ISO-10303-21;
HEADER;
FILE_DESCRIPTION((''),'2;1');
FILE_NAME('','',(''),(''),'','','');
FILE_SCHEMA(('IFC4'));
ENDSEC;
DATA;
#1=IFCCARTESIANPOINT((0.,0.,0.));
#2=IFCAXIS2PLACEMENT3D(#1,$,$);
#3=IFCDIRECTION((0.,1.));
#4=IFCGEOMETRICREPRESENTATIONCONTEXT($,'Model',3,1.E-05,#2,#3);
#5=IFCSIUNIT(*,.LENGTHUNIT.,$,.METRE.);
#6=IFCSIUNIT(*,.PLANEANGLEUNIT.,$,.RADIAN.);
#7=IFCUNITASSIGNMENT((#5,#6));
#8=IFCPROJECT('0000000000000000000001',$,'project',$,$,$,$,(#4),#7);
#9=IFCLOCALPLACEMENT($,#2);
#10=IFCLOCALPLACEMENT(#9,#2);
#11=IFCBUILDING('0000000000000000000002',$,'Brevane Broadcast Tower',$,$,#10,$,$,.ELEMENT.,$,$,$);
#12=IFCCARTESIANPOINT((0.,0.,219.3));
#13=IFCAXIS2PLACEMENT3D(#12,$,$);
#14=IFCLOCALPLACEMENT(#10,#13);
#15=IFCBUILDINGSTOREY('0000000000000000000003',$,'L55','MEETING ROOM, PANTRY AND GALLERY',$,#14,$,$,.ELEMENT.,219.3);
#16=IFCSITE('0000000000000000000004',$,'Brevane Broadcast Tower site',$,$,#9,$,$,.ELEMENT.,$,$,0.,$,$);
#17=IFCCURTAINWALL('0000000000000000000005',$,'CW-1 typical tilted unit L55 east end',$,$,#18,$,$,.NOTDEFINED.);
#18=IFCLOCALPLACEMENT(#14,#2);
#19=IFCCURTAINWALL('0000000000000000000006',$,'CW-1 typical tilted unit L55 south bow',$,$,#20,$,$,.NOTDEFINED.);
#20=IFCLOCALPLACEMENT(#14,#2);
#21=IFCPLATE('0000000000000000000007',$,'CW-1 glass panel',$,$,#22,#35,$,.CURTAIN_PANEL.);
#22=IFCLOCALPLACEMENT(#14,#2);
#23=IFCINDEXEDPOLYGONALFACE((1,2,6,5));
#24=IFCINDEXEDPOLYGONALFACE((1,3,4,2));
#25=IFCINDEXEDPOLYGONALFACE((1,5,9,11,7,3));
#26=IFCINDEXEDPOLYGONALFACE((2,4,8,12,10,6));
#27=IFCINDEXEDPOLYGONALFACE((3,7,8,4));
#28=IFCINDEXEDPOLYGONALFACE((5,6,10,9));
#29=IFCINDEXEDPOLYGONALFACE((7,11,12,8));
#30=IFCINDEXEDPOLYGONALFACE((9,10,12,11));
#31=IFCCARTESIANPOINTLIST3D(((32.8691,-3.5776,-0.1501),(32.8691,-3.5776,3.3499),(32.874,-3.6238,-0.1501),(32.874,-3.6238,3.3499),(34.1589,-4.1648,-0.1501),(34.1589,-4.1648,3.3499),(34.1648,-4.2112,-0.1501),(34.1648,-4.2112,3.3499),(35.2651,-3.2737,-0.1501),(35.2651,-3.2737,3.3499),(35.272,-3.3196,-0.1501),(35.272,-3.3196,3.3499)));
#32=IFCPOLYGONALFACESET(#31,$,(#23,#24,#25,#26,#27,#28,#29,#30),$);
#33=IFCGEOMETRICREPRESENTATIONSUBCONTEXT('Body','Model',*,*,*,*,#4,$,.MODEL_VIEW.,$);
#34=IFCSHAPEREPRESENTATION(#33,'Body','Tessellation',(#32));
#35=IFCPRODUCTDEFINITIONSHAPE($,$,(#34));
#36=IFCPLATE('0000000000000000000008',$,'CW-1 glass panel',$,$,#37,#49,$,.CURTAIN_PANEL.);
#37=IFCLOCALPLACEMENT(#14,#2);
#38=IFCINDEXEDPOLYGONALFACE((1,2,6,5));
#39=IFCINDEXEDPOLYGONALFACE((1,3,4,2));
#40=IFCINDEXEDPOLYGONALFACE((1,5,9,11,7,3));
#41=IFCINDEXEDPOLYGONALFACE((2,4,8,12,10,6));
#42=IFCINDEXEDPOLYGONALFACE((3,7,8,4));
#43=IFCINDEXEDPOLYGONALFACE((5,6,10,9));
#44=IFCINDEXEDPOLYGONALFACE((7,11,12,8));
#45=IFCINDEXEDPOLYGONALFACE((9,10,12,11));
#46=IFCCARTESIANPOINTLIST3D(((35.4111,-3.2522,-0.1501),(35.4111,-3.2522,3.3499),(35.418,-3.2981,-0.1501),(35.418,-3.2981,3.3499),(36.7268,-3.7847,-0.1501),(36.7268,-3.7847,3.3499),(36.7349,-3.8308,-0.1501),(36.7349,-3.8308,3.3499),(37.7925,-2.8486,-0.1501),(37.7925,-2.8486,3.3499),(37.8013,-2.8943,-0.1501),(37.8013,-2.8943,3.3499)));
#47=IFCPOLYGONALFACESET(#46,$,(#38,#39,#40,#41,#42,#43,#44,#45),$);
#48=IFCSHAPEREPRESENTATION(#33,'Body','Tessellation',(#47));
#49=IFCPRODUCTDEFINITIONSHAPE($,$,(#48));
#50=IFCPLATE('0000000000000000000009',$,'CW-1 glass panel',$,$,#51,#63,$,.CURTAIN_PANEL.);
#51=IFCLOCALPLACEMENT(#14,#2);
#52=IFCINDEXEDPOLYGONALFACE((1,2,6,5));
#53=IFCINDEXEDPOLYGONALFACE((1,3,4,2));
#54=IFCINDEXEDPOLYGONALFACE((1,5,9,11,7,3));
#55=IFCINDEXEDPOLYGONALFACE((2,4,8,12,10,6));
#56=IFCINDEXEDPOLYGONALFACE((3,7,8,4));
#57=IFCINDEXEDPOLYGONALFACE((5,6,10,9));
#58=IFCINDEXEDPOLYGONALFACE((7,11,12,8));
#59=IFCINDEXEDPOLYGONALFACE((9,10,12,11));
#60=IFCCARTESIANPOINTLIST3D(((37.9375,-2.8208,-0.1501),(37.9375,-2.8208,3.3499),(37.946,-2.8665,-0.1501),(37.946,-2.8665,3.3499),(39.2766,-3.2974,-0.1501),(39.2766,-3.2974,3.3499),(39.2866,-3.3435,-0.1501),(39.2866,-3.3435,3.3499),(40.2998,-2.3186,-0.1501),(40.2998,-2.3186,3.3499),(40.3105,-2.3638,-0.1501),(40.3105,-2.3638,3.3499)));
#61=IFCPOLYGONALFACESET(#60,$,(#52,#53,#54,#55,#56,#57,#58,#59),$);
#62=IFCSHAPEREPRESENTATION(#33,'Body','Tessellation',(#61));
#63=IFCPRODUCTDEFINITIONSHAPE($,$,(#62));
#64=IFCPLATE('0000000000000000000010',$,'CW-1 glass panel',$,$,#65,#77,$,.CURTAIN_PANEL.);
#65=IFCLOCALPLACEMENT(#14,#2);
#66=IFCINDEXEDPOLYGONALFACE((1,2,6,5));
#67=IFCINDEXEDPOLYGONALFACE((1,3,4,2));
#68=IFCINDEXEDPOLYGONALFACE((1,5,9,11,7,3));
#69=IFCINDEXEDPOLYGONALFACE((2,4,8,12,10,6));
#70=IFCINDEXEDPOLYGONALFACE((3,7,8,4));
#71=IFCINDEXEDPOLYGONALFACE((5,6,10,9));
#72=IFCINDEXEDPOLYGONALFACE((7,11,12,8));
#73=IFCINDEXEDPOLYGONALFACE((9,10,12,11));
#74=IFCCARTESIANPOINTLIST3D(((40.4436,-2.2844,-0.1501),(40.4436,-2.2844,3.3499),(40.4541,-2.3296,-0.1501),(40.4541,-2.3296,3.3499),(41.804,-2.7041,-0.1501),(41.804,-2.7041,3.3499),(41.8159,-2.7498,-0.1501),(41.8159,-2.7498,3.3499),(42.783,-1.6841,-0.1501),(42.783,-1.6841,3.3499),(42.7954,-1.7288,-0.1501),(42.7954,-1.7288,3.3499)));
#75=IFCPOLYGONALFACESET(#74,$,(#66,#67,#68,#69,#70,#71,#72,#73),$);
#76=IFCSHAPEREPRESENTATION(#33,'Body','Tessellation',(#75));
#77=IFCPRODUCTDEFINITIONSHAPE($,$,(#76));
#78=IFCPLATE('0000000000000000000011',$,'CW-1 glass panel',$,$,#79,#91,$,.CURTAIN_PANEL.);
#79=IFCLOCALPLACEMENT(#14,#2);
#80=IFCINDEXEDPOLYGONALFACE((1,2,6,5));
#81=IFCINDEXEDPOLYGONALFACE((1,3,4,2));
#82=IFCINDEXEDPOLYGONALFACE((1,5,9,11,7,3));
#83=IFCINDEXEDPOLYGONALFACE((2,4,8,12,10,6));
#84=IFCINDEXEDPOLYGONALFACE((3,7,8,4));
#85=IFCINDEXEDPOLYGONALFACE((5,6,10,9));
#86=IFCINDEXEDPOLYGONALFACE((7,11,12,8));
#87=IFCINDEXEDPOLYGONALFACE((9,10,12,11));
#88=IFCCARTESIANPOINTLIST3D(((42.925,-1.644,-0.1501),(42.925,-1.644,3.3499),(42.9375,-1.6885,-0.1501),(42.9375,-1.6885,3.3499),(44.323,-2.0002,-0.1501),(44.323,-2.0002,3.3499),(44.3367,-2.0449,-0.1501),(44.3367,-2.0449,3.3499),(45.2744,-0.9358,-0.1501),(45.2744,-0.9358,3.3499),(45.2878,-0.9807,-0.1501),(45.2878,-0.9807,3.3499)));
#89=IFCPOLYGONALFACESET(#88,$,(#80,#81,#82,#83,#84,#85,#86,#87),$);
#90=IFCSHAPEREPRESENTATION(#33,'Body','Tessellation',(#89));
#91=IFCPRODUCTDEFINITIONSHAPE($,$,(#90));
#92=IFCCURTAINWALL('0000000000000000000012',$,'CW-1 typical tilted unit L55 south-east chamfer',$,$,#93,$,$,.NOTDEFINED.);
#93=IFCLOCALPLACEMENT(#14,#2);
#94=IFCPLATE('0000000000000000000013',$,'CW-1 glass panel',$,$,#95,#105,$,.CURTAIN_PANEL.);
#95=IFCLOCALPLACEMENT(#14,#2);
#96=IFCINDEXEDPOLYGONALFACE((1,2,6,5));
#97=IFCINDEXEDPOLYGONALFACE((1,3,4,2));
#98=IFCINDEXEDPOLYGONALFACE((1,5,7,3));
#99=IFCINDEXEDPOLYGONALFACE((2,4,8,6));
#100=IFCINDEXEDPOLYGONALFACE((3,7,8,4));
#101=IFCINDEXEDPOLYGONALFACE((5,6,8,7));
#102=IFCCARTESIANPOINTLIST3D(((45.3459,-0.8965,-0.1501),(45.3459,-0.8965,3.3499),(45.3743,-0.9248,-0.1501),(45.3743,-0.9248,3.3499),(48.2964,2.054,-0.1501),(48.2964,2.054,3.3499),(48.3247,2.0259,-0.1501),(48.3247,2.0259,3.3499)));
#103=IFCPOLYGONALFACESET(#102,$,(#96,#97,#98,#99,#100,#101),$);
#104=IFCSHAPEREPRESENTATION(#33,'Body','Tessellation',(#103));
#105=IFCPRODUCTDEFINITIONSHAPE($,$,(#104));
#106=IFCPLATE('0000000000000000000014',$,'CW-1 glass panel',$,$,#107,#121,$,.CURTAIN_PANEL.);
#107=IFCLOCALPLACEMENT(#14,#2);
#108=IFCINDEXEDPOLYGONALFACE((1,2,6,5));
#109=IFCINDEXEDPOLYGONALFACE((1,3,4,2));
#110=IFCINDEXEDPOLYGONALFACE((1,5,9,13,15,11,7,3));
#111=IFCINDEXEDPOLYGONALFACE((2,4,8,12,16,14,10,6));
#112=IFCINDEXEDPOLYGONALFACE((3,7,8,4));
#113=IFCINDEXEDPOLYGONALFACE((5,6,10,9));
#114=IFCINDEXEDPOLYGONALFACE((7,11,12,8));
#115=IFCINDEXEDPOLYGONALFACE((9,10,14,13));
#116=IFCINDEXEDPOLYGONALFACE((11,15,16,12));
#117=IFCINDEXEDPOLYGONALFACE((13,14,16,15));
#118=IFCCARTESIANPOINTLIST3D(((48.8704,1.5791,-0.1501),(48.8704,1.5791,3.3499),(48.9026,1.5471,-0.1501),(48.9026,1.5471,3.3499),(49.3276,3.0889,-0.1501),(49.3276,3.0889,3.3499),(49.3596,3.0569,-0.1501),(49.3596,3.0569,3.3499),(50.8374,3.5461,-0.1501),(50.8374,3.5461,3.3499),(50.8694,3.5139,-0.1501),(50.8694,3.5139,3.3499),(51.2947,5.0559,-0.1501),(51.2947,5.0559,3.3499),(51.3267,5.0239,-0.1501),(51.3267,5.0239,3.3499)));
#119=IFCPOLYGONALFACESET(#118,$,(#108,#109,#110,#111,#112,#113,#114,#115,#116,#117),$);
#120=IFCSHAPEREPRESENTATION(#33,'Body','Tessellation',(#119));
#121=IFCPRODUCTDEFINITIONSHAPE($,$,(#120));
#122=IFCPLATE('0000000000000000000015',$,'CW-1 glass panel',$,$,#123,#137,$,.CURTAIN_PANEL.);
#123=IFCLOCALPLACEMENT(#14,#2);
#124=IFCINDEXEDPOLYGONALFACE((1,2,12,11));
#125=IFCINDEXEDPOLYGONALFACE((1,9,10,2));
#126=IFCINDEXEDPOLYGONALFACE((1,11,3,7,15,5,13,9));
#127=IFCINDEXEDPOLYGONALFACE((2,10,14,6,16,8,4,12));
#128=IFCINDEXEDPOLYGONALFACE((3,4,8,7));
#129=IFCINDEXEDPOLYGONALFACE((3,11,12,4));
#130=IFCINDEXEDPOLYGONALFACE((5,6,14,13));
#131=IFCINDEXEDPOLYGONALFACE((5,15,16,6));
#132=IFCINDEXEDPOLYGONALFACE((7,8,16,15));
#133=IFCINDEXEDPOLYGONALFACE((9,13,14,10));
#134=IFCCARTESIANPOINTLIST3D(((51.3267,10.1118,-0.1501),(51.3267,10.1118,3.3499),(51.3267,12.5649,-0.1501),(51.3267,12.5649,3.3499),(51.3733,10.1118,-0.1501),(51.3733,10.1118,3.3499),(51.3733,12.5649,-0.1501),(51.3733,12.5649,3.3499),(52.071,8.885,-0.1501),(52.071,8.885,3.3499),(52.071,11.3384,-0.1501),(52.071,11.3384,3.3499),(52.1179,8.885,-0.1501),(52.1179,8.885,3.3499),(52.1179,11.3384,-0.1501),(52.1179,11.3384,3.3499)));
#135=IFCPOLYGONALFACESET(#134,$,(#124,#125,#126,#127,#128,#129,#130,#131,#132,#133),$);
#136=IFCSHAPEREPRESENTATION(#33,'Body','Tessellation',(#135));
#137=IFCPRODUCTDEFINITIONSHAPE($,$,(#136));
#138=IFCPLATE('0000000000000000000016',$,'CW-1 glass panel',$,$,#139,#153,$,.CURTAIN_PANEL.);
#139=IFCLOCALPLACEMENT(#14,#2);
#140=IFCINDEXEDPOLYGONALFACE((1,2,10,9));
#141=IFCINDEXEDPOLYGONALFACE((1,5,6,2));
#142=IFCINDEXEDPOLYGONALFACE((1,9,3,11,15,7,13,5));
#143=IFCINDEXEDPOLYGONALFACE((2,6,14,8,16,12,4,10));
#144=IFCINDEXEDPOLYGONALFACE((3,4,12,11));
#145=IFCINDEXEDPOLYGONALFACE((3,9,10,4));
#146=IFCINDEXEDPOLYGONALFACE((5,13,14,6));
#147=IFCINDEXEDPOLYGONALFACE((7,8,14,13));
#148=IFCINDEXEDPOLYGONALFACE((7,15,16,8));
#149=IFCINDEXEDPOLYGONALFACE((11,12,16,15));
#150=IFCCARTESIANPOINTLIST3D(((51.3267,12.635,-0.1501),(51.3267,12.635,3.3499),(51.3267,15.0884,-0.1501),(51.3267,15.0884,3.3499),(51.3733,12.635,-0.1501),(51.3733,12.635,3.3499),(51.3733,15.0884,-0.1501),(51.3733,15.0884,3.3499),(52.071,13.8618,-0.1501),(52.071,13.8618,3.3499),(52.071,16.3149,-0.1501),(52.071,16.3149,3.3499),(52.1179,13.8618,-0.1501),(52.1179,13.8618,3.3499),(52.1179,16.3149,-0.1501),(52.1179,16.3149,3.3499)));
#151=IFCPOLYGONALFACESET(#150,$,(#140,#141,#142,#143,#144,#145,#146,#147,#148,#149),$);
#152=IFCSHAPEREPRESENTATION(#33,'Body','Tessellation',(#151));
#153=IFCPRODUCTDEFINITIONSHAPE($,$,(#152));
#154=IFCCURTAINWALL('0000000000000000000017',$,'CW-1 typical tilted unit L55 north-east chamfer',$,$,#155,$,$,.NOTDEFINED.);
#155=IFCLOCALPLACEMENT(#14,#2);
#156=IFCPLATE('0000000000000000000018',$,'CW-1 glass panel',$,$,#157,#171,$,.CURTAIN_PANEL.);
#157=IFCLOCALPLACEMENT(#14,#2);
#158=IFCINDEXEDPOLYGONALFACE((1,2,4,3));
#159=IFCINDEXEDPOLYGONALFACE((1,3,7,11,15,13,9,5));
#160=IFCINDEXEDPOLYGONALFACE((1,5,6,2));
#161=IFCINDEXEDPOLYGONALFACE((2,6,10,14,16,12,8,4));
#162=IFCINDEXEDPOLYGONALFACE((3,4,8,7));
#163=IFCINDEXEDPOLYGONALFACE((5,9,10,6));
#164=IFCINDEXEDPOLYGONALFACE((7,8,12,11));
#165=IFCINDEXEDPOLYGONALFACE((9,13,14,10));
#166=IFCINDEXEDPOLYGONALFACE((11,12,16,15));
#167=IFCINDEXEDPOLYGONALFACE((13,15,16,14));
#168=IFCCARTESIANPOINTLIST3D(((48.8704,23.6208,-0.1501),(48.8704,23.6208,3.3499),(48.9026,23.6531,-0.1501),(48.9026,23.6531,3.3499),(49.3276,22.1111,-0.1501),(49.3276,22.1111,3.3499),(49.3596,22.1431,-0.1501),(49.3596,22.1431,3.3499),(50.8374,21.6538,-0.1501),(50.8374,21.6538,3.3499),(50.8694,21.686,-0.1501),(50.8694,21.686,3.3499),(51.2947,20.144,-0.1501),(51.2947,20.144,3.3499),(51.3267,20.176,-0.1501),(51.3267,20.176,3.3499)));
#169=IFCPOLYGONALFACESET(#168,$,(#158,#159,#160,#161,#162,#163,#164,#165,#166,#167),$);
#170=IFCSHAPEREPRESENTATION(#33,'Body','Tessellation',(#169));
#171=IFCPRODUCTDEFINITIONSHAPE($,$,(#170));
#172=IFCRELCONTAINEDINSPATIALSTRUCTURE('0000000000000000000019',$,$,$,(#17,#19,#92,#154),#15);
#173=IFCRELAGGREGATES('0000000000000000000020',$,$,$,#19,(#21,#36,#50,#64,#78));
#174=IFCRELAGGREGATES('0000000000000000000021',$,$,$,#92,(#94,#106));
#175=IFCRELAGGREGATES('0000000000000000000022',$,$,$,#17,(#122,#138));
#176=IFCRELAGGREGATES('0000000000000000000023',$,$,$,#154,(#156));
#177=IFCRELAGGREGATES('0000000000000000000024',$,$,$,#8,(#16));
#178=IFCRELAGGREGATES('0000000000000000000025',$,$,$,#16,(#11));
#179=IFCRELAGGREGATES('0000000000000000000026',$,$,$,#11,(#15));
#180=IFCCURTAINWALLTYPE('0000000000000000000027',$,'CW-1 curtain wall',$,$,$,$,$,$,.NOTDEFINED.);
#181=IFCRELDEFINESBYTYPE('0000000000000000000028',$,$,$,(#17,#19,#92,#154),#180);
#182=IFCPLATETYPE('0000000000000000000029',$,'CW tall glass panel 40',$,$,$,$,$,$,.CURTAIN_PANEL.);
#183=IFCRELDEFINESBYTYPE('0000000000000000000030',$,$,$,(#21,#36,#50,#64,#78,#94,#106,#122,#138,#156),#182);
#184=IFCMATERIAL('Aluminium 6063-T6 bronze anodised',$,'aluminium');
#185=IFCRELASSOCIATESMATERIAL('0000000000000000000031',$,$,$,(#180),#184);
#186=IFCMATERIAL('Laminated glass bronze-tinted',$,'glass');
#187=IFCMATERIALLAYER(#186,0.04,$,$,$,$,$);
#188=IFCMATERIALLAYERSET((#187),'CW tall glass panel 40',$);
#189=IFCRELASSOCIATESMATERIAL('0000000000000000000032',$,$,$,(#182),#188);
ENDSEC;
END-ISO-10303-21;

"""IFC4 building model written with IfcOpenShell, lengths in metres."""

from ifc_helpers import new_model, si_unit, direction, frame, origin, place, context, subcontext, project, spatial, polyline, outline, extrude, material, layer, layer_set, type_object, element, aggregate, save


model = new_model("IFC4")

# Units and contexts
model_context = context("Model", 3, precision=1e-05, world=origin(), true_north=direction((0.0, 1.0)))
body_context = subcontext(model_context, "Body", "Model", "MODEL_VIEW")
ifc_project = project(units=[si_unit("LENGTHUNIT", "METRE"), si_unit("PLANEANGLEUNIT", "RADIAN")], contexts=[model_context])

# Site, building, storey
site_placement = place(None, origin())
site = spatial("IfcSite", under=ifc_project, at=site_placement, Name="Brevane Broadcast Tower site", CompositionType="ELEMENT", RefElevation=0.0)
building_placement = place(site_placement, origin())
building = spatial("IfcBuilding", under=site, at=building_placement, Name="Brevane Broadcast Tower", CompositionType="ELEMENT")
storey_placement = place(building_placement, frame((0.0, 0.0, 219.3)))
storey = spatial("IfcBuildingStorey", under=building, at=storey_placement, Name="L55", Description="MEETING ROOM, PANTRY AND GALLERY", CompositionType="ELEMENT", Elevation=219.3)

# Curtain walls, plates
ifc_material_1 = material(Name="Aluminium 6063-T6 bronze anodised", Category="aluminium")
curtain_wall_type = type_object("IfcCurtainWallType", Name="CW-1 curtain wall", PredefinedType="NOTDEFINED", material=ifc_material_1)
curtain_wall_1_placement = place(storey_placement, origin())
curtain_wall_1 = element("IfcCurtainWall", 1, at=curtain_wall_1_placement, inside=storey, type_object=curtain_wall_type, Name="CW-1 typical tilted unit L55 east end", PredefinedType="NOTDEFINED")
ifc_material_2 = material(Name="Laminated glass bronze-tinted", Category="glass")
curtain_wall_2_placement = place(storey_placement, origin())
curtain_wall_2 = element("IfcCurtainWall", 2, at=curtain_wall_2_placement, inside=storey, type_object=curtain_wall_type, Name="CW-1 typical tilted unit L55 south bow", PredefinedType="NOTDEFINED")
ifc_layer_1 = layer(ifc_material_2, 0.04)
ifc_layer_set_1 = layer_set([ifc_layer_1], Name="CW tall glass panel 40")
plate_type_1 = type_object("IfcPlateType", Name="CW tall glass panel 40", PredefinedType="CURTAIN_PANEL", material=ifc_layer_set_1)
plate_1_placement = place(storey_placement, frame((0.0, 0.0, -0.1501)))
plate_1 = element("IfcPlate", 3, at=plate_1_placement, type_object=plate_type_1, Name="CW-1 glass panel", PredefinedType="CURTAIN_PANEL", context=body_context, shape_type="SweptSolid", body=[
    extrude(outline(polyline([(32.8691, -3.5776), (32.874, -3.6238), (34.1648, -4.2112), (35.272, -3.3196), (35.2651, -3.2737), (34.1589, -4.1648), (32.8691, -3.5776)])), origin(), (0.0, 0.0, 1.0), 3.5),
])
plate_2_placement = place(storey_placement, frame((0.0, 0.0, -0.1501)))
plate_2 = element("IfcPlate", 4, at=plate_2_placement, type_object=plate_type_1, Name="CW-1 glass panel", PredefinedType="CURTAIN_PANEL", context=body_context, shape_type="SweptSolid", body=[
    extrude(outline(polyline([(35.4111, -3.2522), (35.418, -3.2981), (36.7349, -3.8308), (37.8013, -2.8943), (37.7925, -2.8486), (36.7268, -3.7847), (35.4111, -3.2522)])), origin(), (0.0, 0.0, 1.0), 3.5),
])
plate_3_placement = place(storey_placement, frame((0.0, 0.0, -0.1501)))
plate_3 = element("IfcPlate", 5, at=plate_3_placement, type_object=plate_type_1, Name="CW-1 glass panel", PredefinedType="CURTAIN_PANEL", context=body_context, shape_type="SweptSolid", body=[
    extrude(outline(polyline([(37.9375, -2.8208), (37.946, -2.8665), (39.2866, -3.3435), (40.3105, -2.3638), (40.2998, -2.3186), (39.2766, -3.2974), (37.9375, -2.8208)])), origin(), (0.0, 0.0, 1.0), 3.5),
])
plate_4_placement = place(storey_placement, frame((0.0, 0.0, -0.1501)))
plate_4 = element("IfcPlate", 6, at=plate_4_placement, type_object=plate_type_1, Name="CW-1 glass panel", PredefinedType="CURTAIN_PANEL", context=body_context, shape_type="SweptSolid", body=[
    extrude(outline(polyline([(40.4436, -2.2844), (40.4541, -2.3296), (41.8159, -2.7498), (42.7954, -1.7288), (42.783, -1.6841), (41.804, -2.7041), (40.4436, -2.2844)])), origin(), (0.0, 0.0, 1.0), 3.5),
])
plate_5_placement = place(storey_placement, frame((0.0, 0.0, -0.1501)))
plate_5 = element("IfcPlate", 7, at=plate_5_placement, type_object=plate_type_1, Name="CW-1 glass panel", PredefinedType="CURTAIN_PANEL", context=body_context, shape_type="SweptSolid", body=[
    extrude(outline(polyline([(42.925, -1.644), (42.9375, -1.6885), (44.3367, -2.0449), (45.2878, -0.9807), (45.2744, -0.9358), (44.323, -2.0002), (42.925, -1.644)])), origin(), (0.0, 0.0, 1.0), 3.5),
])
aggregate(curtain_wall_2, [plate_1, plate_2, plate_3, plate_4, plate_5])
curtain_wall_3_placement = place(storey_placement, origin())
curtain_wall_3 = element("IfcCurtainWall", 8, at=curtain_wall_3_placement, inside=storey, type_object=curtain_wall_type, Name="CW-1 typical tilted unit L55 south-east chamfer", PredefinedType="NOTDEFINED")
plate_6_placement = place(storey_placement, frame((0.0, 0.0, -0.1501)))
plate_6 = element("IfcPlate", 9, at=plate_6_placement, type_object=plate_type_1, Name="CW-1 glass panel", PredefinedType="CURTAIN_PANEL", context=body_context, shape_type="SweptSolid", body=[
    extrude(outline(polyline([(45.3459, -0.8965), (48.2964, 2.054), (48.3247, 2.0259), (45.3743, -0.9248), (45.3459, -0.8965)])), origin(), (0.0, 0.0, 1.0), 3.5),
])
plate_7_placement = place(storey_placement, frame((0.0, 0.0, -0.1501)))
plate_7 = element("IfcPlate", 10, at=plate_7_placement, type_object=plate_type_1, Name="CW-1 glass panel", PredefinedType="CURTAIN_PANEL", context=body_context, shape_type="SweptSolid", body=[
    extrude(outline(polyline([(48.8704, 1.5791), (48.9026, 1.5471), (49.3596, 3.0569), (50.8694, 3.5139), (51.3267, 5.0239), (51.2947, 5.0559), (50.8374, 3.5461), (49.3276, 3.0889), (48.8704, 1.5791)])), origin(), (0.0, 0.0, 1.0), 3.5),
])
aggregate(curtain_wall_3, [plate_6, plate_7])

# Plates
plate_8_placement = place(storey_placement, frame((0.0, 0.0, -0.1501)))
plate_8 = element("IfcPlate", 11, at=plate_8_placement, type_object=plate_type_1, Name="CW-1 glass panel", PredefinedType="CURTAIN_PANEL", context=body_context, shape_type="SweptSolid", body=[
    extrude(outline(polyline([(52.071, 8.885), (52.1179, 8.885), (51.3733, 10.1118), (52.1179, 11.3384), (51.3733, 12.5649), (51.3267, 12.5649), (52.071, 11.3384), (51.3267, 10.1118), (52.071, 8.885)])), origin(), (0.0, 0.0, 1.0), 3.5),
])
plate_9_placement = place(storey_placement, frame((0.0, 0.0, -0.1501)))
plate_9 = element("IfcPlate", 12, at=plate_9_placement, type_object=plate_type_1, Name="CW-1 glass panel", PredefinedType="CURTAIN_PANEL", context=body_context, shape_type="SweptSolid", body=[
    extrude(outline(polyline([(51.3267, 12.635), (51.3733, 12.635), (52.1179, 13.8618), (51.3733, 15.0884), (52.1179, 16.3149), (52.071, 16.3149), (51.3267, 15.0884), (52.071, 13.8618), (51.3267, 12.635)])), origin(), (0.0, 0.0, 1.0), 3.5),
])
aggregate(curtain_wall_1, [plate_8, plate_9])

# Curtain wall, plate
curtain_wall_4_placement = place(storey_placement, origin())
curtain_wall_4 = element("IfcCurtainWall", 13, at=curtain_wall_4_placement, inside=storey, type_object=curtain_wall_type, Name="CW-1 typical tilted unit L55 north-east chamfer", PredefinedType="NOTDEFINED")
plate_10_placement = place(storey_placement, frame((0.0, 0.0, -0.1501)))
plate_10 = element("IfcPlate", 14, at=plate_10_placement, type_object=plate_type_1, Name="CW-1 glass panel", PredefinedType="CURTAIN_PANEL", context=body_context, shape_type="SweptSolid", body=[
    extrude(outline(polyline([(51.2947, 20.144), (51.3267, 20.176), (50.8694, 21.686), (49.3596, 22.1431), (48.9026, 23.6531), (48.8704, 23.6208), (49.3276, 22.1111), (50.8374, 21.6538), (51.2947, 20.144)])), origin(), (0.0, 0.0, 1.0), 3.5),
])
aggregate(curtain_wall_4, [plate_10])

save(model, "model.ifc")
